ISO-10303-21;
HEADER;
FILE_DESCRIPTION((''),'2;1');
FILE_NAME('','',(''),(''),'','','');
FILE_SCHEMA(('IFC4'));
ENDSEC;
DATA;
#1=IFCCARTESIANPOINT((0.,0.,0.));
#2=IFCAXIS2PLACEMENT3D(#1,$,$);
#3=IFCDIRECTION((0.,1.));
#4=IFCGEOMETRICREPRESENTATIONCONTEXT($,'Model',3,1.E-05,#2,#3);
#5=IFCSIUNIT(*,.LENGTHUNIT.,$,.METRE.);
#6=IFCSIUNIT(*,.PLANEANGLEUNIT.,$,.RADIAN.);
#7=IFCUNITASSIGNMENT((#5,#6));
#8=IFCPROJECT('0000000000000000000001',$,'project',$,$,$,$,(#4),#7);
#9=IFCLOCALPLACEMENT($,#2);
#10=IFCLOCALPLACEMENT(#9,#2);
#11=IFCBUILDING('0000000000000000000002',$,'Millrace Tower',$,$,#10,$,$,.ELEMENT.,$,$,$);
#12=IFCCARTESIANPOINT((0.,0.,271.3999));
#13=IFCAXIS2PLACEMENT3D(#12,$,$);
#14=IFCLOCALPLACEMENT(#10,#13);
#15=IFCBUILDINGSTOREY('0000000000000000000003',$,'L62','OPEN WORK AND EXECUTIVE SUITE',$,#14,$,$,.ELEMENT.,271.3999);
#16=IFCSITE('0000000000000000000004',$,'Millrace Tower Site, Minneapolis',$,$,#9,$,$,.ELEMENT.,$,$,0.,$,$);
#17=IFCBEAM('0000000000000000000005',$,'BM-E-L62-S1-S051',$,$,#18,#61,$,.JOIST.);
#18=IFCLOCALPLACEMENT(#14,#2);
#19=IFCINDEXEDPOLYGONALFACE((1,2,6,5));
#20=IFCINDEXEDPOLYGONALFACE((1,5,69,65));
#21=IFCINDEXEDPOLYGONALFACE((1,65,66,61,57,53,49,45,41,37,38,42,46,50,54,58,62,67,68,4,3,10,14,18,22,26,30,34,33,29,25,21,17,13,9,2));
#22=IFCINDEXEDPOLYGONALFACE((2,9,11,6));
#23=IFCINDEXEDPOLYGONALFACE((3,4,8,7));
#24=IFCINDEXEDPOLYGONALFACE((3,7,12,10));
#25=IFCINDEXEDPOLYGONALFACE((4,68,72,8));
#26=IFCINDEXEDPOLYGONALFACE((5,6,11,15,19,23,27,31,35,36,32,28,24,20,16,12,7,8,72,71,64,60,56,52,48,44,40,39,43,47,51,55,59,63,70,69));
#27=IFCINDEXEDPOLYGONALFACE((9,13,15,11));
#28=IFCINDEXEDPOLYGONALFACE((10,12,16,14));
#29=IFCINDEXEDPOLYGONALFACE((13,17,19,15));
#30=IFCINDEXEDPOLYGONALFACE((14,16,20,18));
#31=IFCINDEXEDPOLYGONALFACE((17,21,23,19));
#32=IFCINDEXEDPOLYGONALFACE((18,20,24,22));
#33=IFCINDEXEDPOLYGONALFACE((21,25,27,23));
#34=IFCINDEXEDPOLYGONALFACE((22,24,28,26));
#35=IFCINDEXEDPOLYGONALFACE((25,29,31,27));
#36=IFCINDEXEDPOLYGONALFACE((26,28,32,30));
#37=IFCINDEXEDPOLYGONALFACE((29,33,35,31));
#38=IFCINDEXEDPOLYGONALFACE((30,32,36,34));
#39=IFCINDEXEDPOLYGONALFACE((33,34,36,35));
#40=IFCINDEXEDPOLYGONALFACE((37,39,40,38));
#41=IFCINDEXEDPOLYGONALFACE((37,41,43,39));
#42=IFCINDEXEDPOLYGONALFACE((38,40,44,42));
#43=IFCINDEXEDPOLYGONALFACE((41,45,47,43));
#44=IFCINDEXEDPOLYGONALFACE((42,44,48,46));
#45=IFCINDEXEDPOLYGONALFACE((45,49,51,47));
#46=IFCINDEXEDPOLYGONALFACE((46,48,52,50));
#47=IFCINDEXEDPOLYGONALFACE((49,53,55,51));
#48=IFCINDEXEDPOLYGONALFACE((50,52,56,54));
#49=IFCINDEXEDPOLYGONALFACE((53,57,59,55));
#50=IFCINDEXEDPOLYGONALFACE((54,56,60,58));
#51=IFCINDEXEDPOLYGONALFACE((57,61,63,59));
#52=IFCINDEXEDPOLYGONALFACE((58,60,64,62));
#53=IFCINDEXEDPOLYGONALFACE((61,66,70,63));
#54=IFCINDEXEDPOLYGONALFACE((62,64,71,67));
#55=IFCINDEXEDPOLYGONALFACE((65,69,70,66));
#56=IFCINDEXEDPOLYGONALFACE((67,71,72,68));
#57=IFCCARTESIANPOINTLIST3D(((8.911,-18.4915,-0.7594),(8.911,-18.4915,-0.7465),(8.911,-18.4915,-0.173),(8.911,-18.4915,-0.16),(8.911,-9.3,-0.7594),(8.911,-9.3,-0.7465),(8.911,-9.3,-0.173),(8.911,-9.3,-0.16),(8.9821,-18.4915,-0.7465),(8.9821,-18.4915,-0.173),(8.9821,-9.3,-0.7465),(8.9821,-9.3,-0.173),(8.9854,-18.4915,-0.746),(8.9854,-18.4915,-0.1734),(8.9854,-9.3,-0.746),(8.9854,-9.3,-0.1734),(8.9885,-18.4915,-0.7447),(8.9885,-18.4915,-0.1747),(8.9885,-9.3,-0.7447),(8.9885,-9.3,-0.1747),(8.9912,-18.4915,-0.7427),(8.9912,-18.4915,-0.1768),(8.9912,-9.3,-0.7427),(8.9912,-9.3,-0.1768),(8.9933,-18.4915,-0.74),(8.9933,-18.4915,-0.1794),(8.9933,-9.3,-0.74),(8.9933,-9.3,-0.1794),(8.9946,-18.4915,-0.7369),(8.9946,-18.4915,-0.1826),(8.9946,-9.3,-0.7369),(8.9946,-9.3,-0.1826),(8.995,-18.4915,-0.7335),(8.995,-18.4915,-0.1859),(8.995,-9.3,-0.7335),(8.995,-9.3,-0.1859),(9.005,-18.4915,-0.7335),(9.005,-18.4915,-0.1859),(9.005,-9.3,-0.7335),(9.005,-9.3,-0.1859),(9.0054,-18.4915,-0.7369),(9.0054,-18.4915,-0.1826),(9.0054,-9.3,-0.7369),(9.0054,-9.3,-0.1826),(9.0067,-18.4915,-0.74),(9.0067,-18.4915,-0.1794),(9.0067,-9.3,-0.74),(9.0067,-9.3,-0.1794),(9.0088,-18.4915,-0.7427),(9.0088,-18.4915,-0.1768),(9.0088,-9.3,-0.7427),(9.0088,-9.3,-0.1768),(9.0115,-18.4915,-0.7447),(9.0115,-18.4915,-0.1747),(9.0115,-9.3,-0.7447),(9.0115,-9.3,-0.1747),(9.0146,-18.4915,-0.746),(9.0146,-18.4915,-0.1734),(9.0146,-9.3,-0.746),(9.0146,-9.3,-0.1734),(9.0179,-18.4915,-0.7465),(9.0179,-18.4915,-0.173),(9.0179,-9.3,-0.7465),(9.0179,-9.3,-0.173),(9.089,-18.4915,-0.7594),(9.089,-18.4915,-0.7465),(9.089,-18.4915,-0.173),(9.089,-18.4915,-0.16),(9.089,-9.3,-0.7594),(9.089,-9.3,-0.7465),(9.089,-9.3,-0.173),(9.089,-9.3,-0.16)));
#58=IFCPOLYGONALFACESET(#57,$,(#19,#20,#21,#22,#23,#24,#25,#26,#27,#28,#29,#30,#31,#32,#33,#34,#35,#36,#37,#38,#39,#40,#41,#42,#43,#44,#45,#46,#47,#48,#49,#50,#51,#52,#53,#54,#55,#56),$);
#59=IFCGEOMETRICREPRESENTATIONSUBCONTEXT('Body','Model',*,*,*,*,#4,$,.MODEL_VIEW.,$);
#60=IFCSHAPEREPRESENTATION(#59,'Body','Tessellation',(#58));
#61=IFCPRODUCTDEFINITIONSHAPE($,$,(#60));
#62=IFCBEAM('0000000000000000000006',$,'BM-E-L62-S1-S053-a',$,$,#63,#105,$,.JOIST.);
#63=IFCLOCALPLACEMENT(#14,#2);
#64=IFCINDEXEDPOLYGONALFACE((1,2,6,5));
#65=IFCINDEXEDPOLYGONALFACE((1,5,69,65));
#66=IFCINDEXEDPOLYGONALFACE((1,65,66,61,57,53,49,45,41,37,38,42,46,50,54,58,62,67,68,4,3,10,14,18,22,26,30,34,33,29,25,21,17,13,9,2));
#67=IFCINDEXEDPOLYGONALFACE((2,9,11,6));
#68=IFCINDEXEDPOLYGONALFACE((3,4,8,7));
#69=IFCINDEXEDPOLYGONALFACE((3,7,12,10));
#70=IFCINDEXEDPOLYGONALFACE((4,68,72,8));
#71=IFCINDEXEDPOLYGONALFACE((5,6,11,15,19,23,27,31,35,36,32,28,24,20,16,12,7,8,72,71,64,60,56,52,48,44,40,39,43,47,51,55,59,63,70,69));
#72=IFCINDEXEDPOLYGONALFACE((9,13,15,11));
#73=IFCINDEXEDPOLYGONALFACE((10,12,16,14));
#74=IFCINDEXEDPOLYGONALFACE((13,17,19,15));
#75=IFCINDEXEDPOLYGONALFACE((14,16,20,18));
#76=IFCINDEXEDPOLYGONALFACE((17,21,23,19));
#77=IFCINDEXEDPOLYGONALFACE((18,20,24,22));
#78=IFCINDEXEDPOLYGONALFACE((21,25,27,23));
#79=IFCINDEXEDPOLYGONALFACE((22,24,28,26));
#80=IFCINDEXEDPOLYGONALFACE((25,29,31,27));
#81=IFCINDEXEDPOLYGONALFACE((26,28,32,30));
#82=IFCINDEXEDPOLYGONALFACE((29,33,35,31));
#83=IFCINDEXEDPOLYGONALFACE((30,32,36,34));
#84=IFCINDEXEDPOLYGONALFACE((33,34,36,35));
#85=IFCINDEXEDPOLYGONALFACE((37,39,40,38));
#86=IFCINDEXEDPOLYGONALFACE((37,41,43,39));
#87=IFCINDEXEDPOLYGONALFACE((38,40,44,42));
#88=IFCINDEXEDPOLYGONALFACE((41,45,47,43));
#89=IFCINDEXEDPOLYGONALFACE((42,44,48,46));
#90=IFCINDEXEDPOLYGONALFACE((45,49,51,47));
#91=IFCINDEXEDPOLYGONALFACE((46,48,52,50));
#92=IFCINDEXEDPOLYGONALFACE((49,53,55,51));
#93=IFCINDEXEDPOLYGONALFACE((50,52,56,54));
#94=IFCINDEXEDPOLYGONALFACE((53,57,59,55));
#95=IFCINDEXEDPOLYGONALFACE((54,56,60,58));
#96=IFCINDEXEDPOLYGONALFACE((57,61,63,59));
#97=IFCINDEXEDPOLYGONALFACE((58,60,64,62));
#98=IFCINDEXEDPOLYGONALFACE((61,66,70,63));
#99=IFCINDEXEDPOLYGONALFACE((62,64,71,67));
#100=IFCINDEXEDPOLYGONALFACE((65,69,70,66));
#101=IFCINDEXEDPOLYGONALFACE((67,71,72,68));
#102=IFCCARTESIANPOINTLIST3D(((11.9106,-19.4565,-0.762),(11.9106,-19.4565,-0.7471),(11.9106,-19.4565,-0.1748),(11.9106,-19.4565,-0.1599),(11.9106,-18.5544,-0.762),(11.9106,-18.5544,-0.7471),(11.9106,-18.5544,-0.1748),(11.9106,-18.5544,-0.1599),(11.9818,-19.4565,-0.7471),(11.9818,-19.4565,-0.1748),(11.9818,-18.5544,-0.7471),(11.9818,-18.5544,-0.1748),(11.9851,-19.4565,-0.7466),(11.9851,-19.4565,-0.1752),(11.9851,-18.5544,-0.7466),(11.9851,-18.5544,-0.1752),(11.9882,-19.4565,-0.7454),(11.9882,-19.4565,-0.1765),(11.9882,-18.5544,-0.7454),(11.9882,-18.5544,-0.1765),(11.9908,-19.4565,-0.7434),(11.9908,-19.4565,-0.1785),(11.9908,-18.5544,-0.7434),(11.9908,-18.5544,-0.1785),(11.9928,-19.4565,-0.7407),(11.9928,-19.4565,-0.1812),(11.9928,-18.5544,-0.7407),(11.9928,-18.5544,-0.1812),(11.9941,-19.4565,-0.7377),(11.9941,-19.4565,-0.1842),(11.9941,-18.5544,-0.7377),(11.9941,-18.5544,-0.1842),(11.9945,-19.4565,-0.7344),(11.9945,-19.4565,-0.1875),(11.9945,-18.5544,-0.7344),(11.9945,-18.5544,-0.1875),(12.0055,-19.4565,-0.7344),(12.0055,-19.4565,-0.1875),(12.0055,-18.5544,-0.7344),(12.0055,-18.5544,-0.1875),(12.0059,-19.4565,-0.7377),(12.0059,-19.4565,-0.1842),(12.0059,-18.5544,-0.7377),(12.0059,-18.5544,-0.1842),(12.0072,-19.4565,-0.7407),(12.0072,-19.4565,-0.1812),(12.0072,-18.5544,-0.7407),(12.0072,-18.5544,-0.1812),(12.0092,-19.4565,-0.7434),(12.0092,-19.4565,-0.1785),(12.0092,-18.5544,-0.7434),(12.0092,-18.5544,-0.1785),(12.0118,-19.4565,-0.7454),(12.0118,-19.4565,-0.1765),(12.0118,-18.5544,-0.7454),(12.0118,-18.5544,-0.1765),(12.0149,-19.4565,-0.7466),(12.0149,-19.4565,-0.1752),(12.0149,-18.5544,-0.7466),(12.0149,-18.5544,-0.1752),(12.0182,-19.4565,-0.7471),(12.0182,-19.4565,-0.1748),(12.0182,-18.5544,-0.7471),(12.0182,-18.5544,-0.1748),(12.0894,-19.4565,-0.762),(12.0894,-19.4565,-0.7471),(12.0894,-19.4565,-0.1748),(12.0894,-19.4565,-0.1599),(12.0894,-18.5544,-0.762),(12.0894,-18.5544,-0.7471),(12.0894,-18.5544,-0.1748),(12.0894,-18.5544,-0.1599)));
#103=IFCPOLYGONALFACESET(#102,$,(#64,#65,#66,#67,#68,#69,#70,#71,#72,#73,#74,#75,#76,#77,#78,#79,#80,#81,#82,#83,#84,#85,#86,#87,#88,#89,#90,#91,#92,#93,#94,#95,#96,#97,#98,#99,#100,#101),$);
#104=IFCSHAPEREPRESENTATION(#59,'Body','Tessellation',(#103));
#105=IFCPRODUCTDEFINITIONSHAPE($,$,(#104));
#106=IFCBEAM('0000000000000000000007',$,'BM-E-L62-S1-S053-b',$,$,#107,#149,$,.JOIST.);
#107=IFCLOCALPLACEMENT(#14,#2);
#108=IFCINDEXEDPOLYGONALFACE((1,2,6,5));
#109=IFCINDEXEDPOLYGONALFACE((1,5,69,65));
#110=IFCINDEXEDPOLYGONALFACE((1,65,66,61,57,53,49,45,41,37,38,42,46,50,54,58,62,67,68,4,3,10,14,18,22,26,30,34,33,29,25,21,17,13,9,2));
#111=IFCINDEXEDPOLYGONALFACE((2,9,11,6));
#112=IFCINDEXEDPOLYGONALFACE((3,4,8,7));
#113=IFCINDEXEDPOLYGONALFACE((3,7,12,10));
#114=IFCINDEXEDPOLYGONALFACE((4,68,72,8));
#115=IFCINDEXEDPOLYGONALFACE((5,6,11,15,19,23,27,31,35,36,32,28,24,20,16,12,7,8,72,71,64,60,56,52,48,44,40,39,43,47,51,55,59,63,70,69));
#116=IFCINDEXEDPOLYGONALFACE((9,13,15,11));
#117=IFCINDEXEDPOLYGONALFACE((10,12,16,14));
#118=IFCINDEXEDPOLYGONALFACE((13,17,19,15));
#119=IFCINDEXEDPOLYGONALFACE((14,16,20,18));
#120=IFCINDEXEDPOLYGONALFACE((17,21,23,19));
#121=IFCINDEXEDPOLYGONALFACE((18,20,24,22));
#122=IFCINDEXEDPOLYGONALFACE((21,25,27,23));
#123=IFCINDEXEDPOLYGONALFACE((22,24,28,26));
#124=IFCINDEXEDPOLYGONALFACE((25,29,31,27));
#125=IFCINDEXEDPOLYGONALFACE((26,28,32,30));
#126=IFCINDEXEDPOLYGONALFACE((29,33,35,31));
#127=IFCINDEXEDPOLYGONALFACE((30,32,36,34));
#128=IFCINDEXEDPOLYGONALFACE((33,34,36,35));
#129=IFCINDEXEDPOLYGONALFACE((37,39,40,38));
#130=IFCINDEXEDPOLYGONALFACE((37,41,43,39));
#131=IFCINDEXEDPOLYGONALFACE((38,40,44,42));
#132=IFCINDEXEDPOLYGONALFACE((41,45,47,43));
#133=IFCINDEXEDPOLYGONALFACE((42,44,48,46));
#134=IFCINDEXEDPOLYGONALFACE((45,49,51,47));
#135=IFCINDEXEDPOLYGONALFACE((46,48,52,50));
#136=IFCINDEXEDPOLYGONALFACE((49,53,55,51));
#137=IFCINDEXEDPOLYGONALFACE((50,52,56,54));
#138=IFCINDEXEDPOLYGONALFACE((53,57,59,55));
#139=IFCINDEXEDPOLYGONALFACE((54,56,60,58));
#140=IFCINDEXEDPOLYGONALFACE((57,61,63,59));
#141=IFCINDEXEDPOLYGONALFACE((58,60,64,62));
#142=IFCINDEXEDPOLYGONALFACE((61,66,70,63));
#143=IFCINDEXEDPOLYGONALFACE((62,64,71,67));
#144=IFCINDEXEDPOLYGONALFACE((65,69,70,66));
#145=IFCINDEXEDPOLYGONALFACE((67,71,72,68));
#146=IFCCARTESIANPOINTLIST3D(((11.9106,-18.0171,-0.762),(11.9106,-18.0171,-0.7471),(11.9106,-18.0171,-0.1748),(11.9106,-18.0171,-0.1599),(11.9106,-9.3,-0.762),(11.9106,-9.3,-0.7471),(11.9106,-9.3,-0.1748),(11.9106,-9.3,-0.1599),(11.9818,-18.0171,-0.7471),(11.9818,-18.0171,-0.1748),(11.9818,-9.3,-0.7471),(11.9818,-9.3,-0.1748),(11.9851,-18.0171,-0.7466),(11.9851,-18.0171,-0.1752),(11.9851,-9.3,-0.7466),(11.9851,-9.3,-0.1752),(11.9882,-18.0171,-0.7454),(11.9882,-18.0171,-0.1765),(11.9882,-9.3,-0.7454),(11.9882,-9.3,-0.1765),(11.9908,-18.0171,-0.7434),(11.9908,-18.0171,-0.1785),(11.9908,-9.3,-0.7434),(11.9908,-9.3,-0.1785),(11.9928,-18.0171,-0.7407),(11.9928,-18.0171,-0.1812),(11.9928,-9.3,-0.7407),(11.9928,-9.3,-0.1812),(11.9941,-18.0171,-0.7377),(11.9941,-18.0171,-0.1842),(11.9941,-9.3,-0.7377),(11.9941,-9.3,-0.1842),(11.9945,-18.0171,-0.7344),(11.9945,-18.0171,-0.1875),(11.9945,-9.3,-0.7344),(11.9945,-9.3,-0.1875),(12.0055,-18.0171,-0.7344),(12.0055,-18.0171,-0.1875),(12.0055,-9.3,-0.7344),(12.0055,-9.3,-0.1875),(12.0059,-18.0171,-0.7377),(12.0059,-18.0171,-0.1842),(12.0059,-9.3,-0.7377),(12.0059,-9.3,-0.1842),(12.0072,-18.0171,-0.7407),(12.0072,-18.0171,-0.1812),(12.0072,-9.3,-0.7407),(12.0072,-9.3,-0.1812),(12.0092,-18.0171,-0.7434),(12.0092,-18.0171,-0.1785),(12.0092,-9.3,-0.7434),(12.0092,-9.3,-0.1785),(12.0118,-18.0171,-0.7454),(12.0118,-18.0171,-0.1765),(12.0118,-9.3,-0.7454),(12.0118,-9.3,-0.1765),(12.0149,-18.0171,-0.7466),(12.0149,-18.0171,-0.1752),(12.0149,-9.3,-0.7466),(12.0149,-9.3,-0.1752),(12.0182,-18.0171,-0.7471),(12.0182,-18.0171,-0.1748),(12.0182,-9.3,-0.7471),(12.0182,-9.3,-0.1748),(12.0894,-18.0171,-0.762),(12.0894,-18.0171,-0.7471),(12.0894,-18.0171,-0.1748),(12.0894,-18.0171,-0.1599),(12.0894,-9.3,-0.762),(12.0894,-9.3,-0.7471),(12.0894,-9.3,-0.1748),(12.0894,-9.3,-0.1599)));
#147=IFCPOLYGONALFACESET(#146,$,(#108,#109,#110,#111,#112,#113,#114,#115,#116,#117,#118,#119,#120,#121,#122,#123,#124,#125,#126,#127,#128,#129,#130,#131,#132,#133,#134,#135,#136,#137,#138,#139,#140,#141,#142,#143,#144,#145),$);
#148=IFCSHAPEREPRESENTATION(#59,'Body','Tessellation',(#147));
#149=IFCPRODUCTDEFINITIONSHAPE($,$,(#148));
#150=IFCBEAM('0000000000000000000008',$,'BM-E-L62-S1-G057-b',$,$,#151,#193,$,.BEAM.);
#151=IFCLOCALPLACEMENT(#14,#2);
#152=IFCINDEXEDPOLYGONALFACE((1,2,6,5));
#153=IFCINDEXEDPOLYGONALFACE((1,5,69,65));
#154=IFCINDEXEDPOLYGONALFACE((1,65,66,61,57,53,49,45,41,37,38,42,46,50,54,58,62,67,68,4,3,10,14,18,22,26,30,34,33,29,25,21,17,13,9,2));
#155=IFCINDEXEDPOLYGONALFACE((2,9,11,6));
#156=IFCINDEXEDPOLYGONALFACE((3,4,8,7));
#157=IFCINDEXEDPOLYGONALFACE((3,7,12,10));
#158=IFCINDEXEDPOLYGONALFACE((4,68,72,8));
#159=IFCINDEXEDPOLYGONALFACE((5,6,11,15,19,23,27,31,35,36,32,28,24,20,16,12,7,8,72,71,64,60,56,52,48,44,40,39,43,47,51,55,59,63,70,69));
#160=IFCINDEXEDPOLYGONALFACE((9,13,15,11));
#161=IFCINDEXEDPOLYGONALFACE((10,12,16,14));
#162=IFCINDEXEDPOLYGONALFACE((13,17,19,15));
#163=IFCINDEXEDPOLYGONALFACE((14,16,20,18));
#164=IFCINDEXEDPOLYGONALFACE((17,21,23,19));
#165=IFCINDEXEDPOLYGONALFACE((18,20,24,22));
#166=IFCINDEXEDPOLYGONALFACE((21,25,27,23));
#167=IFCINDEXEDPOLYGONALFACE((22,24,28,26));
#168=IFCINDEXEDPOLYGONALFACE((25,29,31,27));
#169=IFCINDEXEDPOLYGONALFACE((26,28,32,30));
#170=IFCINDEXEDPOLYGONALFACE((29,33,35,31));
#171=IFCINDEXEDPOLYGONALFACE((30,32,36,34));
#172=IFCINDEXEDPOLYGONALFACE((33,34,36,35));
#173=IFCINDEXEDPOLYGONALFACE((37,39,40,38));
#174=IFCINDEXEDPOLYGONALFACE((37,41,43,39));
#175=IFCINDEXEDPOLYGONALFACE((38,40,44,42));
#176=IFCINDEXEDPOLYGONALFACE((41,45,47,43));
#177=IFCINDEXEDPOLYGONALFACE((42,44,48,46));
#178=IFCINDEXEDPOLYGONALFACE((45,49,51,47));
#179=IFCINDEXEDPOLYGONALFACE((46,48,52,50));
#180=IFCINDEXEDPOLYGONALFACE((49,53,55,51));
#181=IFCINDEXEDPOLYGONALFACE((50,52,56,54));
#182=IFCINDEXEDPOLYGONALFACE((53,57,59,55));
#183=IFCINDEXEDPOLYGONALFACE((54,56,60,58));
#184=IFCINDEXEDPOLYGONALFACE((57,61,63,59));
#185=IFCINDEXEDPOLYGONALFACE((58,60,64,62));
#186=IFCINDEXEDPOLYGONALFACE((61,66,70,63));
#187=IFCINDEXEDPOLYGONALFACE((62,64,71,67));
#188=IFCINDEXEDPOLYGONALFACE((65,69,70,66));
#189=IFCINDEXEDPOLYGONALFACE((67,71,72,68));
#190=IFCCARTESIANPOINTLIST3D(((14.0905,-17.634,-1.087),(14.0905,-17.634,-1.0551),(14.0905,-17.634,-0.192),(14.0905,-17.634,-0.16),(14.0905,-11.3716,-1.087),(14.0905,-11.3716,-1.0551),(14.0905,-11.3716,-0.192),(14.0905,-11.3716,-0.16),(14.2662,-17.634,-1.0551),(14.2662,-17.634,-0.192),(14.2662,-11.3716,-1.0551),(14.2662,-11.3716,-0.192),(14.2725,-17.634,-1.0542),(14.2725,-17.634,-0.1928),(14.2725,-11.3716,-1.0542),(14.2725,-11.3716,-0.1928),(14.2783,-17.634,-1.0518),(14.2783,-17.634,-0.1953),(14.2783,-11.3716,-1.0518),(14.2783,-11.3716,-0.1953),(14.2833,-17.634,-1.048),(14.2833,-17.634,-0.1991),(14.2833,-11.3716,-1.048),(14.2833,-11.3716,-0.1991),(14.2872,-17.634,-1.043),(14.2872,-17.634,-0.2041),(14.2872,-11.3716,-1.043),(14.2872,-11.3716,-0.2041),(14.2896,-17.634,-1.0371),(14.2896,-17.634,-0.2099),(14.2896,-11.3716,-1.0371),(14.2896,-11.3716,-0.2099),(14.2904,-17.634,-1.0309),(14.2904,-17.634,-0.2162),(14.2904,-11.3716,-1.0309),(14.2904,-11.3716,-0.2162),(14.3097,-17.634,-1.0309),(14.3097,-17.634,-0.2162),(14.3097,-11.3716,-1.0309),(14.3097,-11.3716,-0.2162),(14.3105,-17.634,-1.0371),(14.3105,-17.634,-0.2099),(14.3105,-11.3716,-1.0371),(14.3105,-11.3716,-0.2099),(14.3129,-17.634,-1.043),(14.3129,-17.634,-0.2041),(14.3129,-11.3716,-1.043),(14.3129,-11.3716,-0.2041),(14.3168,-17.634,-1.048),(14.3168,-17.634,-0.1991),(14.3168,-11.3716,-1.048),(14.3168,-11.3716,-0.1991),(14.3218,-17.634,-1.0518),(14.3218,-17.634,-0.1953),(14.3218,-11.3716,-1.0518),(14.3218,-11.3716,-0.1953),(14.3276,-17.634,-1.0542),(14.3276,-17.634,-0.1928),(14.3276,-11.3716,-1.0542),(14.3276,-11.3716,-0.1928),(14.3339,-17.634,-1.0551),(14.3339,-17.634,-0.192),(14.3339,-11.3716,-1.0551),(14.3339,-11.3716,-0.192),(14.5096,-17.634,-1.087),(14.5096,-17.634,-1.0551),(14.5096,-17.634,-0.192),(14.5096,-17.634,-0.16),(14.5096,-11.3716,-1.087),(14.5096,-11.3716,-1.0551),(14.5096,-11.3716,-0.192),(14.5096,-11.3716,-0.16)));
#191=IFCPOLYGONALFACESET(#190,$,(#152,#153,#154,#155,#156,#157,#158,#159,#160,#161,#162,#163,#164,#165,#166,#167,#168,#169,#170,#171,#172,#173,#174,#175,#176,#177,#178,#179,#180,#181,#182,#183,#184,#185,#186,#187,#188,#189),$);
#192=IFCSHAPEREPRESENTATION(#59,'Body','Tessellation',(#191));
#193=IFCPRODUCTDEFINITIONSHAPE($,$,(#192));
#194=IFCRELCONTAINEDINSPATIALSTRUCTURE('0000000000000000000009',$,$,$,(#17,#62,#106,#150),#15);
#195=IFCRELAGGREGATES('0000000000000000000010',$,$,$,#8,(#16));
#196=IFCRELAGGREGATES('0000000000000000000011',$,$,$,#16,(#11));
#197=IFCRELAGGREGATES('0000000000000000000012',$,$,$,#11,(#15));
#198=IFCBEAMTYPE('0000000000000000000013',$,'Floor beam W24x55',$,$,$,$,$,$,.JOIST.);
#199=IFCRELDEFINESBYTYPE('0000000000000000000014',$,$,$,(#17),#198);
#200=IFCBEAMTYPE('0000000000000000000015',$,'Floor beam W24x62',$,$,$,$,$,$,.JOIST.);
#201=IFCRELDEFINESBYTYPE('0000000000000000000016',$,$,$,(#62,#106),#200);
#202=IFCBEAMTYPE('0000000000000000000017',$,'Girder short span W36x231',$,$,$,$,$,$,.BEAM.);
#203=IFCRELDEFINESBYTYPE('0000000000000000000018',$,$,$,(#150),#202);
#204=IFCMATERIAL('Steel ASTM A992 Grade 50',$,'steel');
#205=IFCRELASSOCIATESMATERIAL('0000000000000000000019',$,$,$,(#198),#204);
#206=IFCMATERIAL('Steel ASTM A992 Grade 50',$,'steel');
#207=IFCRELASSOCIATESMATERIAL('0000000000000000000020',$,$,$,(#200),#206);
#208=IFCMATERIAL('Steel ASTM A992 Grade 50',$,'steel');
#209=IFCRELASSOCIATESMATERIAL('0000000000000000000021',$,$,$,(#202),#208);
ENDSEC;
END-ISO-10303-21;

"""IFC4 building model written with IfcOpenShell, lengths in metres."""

from ifc_helpers import new_model, si_unit, direction, frame, origin, origin_2d, place, context, subcontext, project, spatial, i_section, extrude, material, material_profile, profile_set, type_object, element, save


model = new_model("IFC4")

# Units and contexts
model_context = context("Model", 3, precision=1e-05, world=origin(), true_north=direction((0.0, 1.0)))
body_context = subcontext(model_context, "Body", "Model", "MODEL_VIEW")
ifc_project = project(units=[si_unit("LENGTHUNIT", "METRE"), si_unit("PLANEANGLEUNIT", "RADIAN")], contexts=[model_context])

# Site, building, storey
site_placement = place(None, origin())
site = spatial("IfcSite", under=ifc_project, at=site_placement, Name="Millrace Tower Site, Minneapolis", CompositionType="ELEMENT", RefElevation=0.0)
building_placement = place(site_placement, origin())
building = spatial("IfcBuilding", under=site, at=building_placement, Name="Millrace Tower", CompositionType="ELEMENT")
storey_placement = place(building_placement, frame((0.0, 0.0, 271.3999)))
storey = spatial("IfcBuildingStorey", under=building, at=storey_placement, Name="L62", Description="OPEN WORK AND EXECUTIVE SUITE", CompositionType="ELEMENT", Elevation=271.3999)

# Beams
ifc_material_1 = material(Name="Steel ASTM A992 Grade 50", Category="steel")
ifc_material_profile_1 = material_profile(ifc_material_1, i_section(OverallWidth=0.178, OverallDepth=0.5994, WebThickness=0.01, FlangeThickness=0.0129, FilletRadius=0.0129, at=origin_2d()))
ifc_profile_set_1 = profile_set([ifc_material_profile_1], Name="Steel ASTM A992 Grade 50")
beam_type_1 = type_object("IfcBeamType", Name="Floor beam W24x55", PredefinedType="JOIST", material=ifc_profile_set_1)
beam_1_placement = place(storey_placement, frame((9.0, -18.4915, -0.4597), z_axis=(0.0, 1.0, 0.0), x_axis=(-1.0, 0.0, 0.0)))
element("IfcBeam", 1, at=beam_1_placement, inside=storey, type_object=beam_type_1, Name="BM-E-L62-S1-S051", PredefinedType="JOIST", context=body_context, shape_type="SweptSolid", body=[
    extrude(i_section(OverallWidth=0.178, OverallDepth=0.5994, WebThickness=0.01, FlangeThickness=0.0129, FilletRadius=0.0129, at=origin_2d()), origin(), (0.0, 0.0, 1.0), 9.1914),
])
ifc_material_2 = material(Name="Steel ASTM A992 Grade 50", Category="steel")
ifc_material_profile_2 = material_profile(ifc_material_2, i_section(OverallWidth=0.1787, OverallDepth=0.6021, WebThickness=0.011, FlangeThickness=0.0149, FilletRadius=0.0127, at=origin_2d()))
ifc_profile_set_2 = profile_set([ifc_material_profile_2], Name="Steel ASTM A992 Grade 50")
beam_type_2 = type_object("IfcBeamType", Name="Floor beam W24x62", PredefinedType="JOIST", material=ifc_profile_set_2)
beam_2_placement = place(storey_placement, frame((12.0, -19.4565, -0.4609), z_axis=(0.0, 1.0, 0.0), x_axis=(-1.0, 0.0, 0.0)))
element("IfcBeam", 2, at=beam_2_placement, inside=storey, type_object=beam_type_2, Name="BM-E-L62-S1-S053-a", PredefinedType="JOIST", context=body_context, shape_type="SweptSolid", body=[
    extrude(i_section(OverallWidth=0.1787, OverallDepth=0.6021, WebThickness=0.011, FlangeThickness=0.0149, FilletRadius=0.0127, at=origin_2d()), origin(), (0.0, 0.0, 1.0), 0.9021),
])
beam_3_placement = place(storey_placement, frame((12.0, -18.0171, -0.4609), z_axis=(0.0, 1.0, 0.0), x_axis=(-1.0, 0.0, 0.0)))
element("IfcBeam", 3, at=beam_3_placement, inside=storey, type_object=beam_type_2, Name="BM-E-L62-S1-S053-b", PredefinedType="JOIST", context=body_context, shape_type="SweptSolid", body=[
    extrude(i_section(OverallWidth=0.1787, OverallDepth=0.6021, WebThickness=0.011, FlangeThickness=0.0149, FilletRadius=0.0127, at=origin_2d()), origin(), (0.0, 0.0, 1.0), 8.717),
])
ifc_material_3 = material(Name="Steel ASTM A992 Grade 50", Category="steel")
ifc_material_profile_3 = material_profile(ifc_material_3, i_section(OverallWidth=0.4192, OverallDepth=0.927, WebThickness=0.0193, FlangeThickness=0.032, FilletRadius=0.0242, at=origin_2d()))
ifc_profile_set_3 = profile_set([ifc_material_profile_3], Name="Steel ASTM A992 Grade 50")
beam_type_3 = type_object("IfcBeamType", Name="Girder short span W36x231", PredefinedType="BEAM", material=ifc_profile_set_3)
beam_4_placement = place(storey_placement, frame((14.3, -17.634, -0.6235), z_axis=(0.0, 1.0, 0.0), x_axis=(-1.0, 0.0, 0.0)))
element("IfcBeam", 4, at=beam_4_placement, inside=storey, type_object=beam_type_3, Name="BM-E-L62-S1-G057-b", PredefinedType="BEAM", context=body_context, shape_type="SweptSolid", body=[
    extrude(i_section(OverallWidth=0.4192, OverallDepth=0.927, WebThickness=0.0193, FlangeThickness=0.032, FilletRadius=0.0242, at=origin_2d()), origin(), (0.0, 0.0, 1.0), 6.2625),
])

save(model, "model.ifc")
